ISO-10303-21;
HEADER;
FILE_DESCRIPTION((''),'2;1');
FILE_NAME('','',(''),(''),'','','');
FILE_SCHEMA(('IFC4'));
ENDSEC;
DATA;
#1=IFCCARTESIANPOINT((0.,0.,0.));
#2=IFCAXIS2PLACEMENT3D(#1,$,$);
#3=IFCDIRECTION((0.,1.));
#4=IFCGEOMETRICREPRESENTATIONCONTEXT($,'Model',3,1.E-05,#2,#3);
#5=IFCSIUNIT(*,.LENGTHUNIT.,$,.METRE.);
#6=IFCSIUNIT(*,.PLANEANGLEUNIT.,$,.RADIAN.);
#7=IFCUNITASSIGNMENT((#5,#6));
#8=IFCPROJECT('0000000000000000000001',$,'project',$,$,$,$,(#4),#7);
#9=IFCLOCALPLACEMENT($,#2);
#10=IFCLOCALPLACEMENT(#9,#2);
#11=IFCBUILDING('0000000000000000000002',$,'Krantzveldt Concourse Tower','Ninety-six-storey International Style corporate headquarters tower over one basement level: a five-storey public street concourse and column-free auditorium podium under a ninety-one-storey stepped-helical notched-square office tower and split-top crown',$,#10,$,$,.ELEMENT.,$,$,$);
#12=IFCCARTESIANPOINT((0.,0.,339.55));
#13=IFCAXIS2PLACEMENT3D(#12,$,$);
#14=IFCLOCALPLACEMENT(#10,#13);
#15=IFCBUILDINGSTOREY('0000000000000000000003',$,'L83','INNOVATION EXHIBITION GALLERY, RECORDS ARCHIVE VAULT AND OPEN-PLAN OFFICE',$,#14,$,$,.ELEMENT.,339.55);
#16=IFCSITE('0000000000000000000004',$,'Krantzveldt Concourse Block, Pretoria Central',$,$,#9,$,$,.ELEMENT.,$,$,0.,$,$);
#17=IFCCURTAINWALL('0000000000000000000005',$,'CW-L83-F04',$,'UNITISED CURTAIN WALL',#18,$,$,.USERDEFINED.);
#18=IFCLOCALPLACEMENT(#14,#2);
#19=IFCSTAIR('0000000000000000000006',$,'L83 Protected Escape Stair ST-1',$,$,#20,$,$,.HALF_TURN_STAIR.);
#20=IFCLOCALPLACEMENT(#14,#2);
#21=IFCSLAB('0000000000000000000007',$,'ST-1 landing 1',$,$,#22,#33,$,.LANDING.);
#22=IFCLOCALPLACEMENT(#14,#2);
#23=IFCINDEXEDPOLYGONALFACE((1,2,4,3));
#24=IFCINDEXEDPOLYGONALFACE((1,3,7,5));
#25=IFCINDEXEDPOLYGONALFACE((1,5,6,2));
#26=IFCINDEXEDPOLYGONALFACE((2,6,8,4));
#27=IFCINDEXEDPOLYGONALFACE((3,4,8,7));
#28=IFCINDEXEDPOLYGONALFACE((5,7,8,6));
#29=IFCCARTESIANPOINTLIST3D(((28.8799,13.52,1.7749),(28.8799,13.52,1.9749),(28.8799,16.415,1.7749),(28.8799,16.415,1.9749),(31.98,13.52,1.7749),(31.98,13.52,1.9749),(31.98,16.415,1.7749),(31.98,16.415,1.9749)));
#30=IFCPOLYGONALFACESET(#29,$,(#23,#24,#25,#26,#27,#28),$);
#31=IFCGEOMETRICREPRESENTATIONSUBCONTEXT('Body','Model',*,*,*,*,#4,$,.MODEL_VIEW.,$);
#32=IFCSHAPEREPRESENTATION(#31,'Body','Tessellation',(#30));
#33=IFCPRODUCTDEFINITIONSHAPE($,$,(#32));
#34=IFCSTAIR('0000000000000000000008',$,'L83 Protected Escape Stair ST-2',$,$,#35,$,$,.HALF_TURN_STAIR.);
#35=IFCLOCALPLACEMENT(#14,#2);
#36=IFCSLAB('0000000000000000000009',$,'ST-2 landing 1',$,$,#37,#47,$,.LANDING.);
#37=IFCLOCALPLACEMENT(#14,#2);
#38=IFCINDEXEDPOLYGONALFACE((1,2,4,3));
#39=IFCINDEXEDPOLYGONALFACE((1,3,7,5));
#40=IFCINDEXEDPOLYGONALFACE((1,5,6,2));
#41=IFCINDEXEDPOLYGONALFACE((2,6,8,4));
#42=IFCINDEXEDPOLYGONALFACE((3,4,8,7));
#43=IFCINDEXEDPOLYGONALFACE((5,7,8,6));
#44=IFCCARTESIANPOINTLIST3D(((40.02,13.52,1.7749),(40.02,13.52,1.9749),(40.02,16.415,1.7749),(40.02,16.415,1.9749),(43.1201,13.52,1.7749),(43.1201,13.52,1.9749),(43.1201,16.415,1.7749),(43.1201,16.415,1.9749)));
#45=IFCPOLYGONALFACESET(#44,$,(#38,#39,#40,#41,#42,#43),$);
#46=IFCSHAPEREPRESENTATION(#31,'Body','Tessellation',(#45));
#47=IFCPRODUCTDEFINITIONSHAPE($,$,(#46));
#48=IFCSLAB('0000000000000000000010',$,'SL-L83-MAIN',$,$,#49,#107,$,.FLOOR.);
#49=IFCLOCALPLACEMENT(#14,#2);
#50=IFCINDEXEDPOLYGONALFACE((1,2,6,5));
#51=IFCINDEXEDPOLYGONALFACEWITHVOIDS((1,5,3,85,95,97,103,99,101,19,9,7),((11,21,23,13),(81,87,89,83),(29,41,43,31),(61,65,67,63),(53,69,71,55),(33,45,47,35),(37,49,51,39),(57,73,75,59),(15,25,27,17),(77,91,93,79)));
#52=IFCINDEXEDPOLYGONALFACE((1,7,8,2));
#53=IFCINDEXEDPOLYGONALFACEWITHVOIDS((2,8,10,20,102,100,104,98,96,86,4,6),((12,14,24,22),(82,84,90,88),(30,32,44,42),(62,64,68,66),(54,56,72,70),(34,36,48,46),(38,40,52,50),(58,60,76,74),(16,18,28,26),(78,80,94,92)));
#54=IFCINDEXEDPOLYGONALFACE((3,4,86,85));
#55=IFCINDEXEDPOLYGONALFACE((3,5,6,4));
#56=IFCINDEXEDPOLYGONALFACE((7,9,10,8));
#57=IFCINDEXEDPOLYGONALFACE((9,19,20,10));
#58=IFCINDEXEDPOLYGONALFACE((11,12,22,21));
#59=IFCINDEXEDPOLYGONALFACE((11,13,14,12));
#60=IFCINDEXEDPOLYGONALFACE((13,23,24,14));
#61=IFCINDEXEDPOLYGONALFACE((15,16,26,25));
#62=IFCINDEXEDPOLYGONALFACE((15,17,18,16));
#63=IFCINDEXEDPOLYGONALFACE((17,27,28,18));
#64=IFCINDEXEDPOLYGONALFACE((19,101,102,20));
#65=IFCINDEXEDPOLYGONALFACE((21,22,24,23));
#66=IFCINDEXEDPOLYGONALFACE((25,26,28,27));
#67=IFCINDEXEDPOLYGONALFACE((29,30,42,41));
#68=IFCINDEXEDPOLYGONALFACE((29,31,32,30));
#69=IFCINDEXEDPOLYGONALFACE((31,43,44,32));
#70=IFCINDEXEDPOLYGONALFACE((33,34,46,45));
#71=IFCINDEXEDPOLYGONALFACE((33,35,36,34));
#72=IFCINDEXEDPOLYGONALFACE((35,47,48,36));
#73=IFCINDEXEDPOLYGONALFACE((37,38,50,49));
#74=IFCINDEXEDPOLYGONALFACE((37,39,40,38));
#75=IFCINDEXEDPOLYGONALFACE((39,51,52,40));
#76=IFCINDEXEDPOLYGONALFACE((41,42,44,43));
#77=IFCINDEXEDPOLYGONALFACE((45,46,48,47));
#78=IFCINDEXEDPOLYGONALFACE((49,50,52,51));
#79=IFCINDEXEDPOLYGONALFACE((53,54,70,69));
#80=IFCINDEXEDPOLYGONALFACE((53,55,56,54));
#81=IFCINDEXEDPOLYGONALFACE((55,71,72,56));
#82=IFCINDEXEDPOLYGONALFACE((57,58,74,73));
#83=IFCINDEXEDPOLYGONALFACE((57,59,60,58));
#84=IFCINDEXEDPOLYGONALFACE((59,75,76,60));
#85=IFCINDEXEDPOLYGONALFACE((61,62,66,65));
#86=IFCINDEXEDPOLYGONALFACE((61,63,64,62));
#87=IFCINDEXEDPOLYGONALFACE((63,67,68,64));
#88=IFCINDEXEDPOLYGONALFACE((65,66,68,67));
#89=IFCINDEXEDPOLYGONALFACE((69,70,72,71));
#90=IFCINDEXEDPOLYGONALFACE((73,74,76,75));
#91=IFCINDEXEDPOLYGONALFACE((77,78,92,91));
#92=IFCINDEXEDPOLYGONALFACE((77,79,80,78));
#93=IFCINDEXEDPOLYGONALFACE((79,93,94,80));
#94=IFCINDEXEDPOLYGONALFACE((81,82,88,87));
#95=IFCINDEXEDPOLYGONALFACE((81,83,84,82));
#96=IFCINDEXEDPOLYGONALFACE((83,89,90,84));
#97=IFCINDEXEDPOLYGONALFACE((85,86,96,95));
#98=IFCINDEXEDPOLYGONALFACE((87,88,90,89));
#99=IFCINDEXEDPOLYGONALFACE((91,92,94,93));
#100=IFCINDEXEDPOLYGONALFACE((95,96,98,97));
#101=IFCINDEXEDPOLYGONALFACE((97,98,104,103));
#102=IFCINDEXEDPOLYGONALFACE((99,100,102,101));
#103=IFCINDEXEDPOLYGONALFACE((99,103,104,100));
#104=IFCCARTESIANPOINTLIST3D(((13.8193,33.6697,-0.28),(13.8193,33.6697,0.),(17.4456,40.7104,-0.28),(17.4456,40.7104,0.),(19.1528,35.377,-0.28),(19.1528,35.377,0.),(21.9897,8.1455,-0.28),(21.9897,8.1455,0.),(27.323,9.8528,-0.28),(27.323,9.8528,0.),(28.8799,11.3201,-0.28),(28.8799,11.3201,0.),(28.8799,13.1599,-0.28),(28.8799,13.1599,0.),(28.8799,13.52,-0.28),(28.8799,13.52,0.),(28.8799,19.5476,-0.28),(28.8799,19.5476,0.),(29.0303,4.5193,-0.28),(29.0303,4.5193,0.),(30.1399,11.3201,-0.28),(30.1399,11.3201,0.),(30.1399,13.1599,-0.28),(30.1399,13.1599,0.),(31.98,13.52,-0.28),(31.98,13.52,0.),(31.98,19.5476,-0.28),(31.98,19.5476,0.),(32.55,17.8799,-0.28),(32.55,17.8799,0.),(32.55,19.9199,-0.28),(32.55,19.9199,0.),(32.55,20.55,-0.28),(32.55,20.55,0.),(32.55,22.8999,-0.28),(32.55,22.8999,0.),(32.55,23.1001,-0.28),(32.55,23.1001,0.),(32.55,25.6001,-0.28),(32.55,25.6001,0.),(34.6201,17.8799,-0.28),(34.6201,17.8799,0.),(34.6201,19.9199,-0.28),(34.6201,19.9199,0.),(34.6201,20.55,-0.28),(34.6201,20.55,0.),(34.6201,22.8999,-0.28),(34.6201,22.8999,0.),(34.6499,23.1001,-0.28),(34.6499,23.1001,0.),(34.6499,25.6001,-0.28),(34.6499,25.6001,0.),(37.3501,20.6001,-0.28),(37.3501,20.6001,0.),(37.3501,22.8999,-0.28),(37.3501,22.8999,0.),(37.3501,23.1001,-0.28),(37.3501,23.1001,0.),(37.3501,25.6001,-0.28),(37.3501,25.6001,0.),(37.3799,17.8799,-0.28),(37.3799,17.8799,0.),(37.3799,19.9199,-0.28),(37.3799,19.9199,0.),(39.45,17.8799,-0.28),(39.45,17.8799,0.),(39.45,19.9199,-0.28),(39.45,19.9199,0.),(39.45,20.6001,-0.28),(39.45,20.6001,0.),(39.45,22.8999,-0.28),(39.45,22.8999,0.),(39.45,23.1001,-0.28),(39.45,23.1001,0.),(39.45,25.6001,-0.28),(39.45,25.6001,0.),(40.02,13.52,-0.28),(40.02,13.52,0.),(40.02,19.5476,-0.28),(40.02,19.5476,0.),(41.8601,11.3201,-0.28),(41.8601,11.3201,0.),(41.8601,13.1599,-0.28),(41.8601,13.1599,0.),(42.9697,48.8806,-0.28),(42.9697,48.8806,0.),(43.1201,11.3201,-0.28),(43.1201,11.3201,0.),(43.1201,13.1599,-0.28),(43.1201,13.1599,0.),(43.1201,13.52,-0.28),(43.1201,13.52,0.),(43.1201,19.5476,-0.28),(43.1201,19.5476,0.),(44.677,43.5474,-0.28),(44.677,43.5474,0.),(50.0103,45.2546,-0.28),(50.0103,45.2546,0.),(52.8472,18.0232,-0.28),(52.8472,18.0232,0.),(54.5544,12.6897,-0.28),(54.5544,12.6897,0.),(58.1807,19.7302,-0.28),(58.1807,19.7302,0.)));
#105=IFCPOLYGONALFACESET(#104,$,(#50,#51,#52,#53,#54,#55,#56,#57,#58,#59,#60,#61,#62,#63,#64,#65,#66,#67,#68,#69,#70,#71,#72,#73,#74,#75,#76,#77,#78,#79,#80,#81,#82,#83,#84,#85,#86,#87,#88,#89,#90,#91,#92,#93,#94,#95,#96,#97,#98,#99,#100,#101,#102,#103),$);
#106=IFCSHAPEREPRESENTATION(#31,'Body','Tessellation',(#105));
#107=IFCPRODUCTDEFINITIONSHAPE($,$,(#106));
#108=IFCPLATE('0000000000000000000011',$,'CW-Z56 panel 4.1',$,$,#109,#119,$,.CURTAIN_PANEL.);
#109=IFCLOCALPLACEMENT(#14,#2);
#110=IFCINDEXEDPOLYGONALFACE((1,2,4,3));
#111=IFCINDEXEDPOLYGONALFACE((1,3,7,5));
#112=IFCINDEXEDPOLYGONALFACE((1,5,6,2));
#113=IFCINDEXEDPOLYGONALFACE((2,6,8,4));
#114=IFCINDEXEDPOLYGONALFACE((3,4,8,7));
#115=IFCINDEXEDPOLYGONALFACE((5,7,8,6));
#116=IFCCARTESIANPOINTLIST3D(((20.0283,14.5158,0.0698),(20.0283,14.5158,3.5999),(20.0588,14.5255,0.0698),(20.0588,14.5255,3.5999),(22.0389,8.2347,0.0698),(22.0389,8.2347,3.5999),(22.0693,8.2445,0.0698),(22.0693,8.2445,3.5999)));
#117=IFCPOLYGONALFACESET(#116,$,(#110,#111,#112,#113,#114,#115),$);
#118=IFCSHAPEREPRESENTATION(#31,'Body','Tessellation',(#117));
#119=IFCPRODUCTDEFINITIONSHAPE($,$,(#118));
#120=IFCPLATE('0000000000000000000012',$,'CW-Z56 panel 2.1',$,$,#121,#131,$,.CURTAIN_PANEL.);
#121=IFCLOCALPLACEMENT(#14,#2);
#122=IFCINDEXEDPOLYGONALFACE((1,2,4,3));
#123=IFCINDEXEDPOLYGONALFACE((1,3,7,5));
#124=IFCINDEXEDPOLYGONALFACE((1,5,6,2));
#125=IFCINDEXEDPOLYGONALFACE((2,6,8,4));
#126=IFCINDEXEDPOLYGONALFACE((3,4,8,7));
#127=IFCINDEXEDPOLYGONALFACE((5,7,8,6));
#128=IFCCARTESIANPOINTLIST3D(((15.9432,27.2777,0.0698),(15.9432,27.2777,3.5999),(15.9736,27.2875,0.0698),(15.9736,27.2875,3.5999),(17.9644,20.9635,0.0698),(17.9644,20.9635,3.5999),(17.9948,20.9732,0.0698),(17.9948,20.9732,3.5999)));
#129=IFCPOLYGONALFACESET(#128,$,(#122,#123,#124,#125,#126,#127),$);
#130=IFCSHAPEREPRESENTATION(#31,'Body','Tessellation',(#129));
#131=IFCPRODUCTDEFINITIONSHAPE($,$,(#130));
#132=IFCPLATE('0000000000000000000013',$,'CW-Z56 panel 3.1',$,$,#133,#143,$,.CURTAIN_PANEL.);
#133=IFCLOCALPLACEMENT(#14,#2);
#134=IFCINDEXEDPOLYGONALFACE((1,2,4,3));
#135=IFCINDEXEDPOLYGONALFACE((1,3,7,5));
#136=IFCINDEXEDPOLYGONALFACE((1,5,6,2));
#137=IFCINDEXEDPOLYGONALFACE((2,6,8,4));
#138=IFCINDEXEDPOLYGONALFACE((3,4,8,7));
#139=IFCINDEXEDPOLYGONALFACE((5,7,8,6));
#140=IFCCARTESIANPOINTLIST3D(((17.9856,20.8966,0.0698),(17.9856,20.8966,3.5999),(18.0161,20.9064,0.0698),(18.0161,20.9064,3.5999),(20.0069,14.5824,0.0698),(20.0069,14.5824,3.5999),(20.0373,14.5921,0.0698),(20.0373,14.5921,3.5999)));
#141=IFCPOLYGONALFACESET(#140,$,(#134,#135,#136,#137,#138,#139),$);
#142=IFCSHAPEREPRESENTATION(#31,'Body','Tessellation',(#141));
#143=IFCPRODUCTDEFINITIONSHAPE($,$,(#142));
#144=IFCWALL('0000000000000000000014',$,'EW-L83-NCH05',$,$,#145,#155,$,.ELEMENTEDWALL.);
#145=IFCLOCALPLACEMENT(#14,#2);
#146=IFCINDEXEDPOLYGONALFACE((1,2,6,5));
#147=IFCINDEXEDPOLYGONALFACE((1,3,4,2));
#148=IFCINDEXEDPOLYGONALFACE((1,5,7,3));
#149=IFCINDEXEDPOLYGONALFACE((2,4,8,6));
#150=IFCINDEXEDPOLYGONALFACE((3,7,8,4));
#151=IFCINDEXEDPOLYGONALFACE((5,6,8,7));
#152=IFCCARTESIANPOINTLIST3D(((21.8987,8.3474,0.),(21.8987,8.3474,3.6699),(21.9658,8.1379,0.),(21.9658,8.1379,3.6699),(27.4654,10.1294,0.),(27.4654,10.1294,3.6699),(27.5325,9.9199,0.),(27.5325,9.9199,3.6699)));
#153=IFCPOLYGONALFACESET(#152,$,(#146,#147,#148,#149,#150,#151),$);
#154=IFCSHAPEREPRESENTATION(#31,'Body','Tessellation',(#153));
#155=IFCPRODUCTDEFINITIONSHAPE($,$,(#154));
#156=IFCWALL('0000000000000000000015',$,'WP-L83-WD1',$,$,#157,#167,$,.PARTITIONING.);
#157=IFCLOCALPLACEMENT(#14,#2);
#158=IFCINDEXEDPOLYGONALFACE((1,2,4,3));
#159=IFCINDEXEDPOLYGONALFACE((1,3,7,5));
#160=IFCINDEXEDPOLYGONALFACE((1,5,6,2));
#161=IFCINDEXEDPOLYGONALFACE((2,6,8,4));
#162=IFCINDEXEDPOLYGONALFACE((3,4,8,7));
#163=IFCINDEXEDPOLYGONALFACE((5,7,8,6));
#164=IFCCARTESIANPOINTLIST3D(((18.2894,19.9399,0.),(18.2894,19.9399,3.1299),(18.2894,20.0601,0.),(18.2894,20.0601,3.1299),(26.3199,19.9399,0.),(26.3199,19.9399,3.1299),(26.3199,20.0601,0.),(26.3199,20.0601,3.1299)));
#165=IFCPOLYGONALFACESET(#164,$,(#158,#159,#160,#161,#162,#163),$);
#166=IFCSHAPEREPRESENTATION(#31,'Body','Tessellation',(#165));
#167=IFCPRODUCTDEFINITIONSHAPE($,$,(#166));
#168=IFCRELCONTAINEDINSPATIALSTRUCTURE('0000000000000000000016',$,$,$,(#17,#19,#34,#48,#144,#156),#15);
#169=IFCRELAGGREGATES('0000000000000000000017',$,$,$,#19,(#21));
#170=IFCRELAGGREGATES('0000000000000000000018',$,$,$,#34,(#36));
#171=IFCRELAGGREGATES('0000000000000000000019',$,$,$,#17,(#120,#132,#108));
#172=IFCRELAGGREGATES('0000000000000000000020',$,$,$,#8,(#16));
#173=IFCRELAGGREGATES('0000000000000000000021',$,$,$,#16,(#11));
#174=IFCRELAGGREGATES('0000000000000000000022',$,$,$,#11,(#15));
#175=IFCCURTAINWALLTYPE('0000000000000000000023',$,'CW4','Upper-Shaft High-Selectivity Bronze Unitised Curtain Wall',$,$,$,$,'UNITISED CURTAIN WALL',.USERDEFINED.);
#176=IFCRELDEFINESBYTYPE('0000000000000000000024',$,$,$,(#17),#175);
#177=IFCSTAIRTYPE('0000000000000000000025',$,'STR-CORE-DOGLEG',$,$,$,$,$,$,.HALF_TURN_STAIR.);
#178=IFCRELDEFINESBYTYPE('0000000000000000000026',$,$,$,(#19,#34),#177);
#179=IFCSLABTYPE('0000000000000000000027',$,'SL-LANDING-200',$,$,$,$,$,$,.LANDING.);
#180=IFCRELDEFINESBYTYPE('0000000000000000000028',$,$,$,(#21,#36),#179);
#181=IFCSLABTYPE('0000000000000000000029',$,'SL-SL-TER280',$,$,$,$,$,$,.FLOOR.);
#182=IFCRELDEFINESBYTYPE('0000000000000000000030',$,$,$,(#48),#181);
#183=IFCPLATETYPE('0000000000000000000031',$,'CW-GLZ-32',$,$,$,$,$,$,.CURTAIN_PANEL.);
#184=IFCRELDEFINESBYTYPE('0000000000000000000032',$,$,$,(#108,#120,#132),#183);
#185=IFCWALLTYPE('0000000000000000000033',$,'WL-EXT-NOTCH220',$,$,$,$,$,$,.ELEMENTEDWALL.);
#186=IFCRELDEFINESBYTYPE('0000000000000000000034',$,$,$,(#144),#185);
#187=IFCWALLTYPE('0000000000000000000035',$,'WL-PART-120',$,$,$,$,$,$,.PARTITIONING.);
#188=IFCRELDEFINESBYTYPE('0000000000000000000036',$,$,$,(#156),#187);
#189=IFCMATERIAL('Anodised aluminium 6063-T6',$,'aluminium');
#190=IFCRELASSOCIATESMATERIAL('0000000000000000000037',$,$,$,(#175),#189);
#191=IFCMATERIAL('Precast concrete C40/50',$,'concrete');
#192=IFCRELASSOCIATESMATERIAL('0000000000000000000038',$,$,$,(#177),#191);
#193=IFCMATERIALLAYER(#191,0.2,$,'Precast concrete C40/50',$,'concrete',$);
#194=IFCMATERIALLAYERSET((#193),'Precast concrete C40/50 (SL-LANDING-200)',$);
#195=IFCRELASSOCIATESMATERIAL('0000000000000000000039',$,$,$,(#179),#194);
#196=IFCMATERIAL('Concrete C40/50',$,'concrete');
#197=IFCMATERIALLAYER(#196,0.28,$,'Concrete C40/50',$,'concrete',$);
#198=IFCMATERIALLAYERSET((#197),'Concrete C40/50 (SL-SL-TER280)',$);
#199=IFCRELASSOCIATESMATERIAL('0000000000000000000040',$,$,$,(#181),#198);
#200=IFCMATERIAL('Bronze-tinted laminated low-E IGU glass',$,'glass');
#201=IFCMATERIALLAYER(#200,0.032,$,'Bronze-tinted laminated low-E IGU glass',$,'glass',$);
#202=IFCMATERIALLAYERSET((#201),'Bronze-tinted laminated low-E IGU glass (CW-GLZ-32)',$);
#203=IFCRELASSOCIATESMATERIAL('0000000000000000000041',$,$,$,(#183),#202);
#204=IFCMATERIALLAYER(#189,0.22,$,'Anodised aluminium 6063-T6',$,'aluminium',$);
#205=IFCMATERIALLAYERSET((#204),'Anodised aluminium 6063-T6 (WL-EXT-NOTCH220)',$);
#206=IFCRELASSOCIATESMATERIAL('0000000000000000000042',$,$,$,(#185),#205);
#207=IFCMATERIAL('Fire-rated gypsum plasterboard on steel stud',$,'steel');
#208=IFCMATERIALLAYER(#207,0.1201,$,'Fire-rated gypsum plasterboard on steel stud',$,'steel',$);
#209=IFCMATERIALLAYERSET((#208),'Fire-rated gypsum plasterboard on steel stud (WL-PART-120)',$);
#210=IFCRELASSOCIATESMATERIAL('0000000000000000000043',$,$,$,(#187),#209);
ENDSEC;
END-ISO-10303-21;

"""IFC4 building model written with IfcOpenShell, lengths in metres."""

from ifc_helpers import new_model, si_unit, direction, frame, frame_2d, origin, origin_2d, place, context, subcontext, project, spatial, polyline, rectangle, outline, extrude, source, transform, mapped, material, layer, layer_set, type_object, type_shapes, element, aggregate, save


model = new_model("IFC4")

# Units and contexts
model_context = context("Model", 3, precision=1e-05, world=origin(), true_north=direction((0.0, 1.0)))
body_context = subcontext(model_context, "Body", "Model", "MODEL_VIEW")
ifc_project = project(units=[si_unit("LENGTHUNIT", "METRE"), si_unit("PLANEANGLEUNIT", "RADIAN")], contexts=[model_context])

# Site, building, storey
site_placement = place(None, origin())
site = spatial("IfcSite", under=ifc_project, at=site_placement, Name="Krantzveldt Concourse Block, Pretoria Central", CompositionType="ELEMENT", RefElevation=0.0)
building_placement = place(site_placement, origin())
building = spatial("IfcBuilding", under=site, at=building_placement, Name="Krantzveldt Concourse Tower", Description="Ninety-six-storey International Style corporate headquarters tower over one basement level: a five-storey public street concourse and column-free auditorium podium under a ninety-one-storey stepped-helical notched-square office tower and split-top crown", CompositionType="ELEMENT")
storey_placement = place(building_placement, frame((0.0, 0.0, 339.55)))
storey = spatial("IfcBuildingStorey", under=building, at=storey_placement, Name="L83", Description="INNOVATION EXHIBITION GALLERY, RECORDS ARCHIVE VAULT AND OPEN-PLAN OFFICE", CompositionType="ELEMENT", Elevation=339.55)

# Curtain wall
ifc_material_1 = material(Name="Anodised aluminium 6063-T6", Category="aluminium")
curtain_wall_type = type_object("IfcCurtainWallType", Name="CW4", Description="Upper-Shaft High-Selectivity Bronze Unitised Curtain Wall", ElementType="UNITISED CURTAIN WALL", PredefinedType="USERDEFINED", material=ifc_material_1)
curtain_wall_placement = place(storey_placement, origin())
curtain_wall = element("IfcCurtainWall", 1, at=curtain_wall_placement, inside=storey, type_object=curtain_wall_type, Name="CW-L83-F04", ObjectType="UNITISED CURTAIN WALL", PredefinedType="USERDEFINED")

# Stairs, slabs
ifc_material_2 = material(Name="Precast concrete C40/50", Category="concrete")
stair_type = type_object("IfcStairType", Name="STR-CORE-DOGLEG", PredefinedType="HALF_TURN_STAIR", material=ifc_material_2)
stair_1_placement = place(storey_placement, origin())
stair_1 = element("IfcStair", 2, at=stair_1_placement, inside=storey, type_object=stair_type, Name="L83 Protected Escape Stair ST-1", PredefinedType="HALF_TURN_STAIR")
ifc_layer_1 = layer(ifc_material_2, 0.2, Name="Precast concrete C40/50", Category="concrete")
ifc_layer_set_1 = layer_set([ifc_layer_1], Name="Precast concrete C40/50 (SL-LANDING-200)")
slab_type_1 = type_object("IfcSlabType", Name="SL-LANDING-200", PredefinedType="LANDING", material=ifc_layer_set_1)
slab_1_placement = place(storey_placement, frame((0.0, 0.0, 1.7749)))
slab_1 = element("IfcSlab", 3, at=slab_1_placement, type_object=slab_type_1, Name="ST-1 landing 1", PredefinedType="LANDING", context=body_context, shape_type="SweptSolid", body=[
    extrude(outline(polyline([(28.8799, 16.415), (28.8799, 13.52), (31.98, 13.52), (31.98, 16.415), (28.8799, 16.415)])), origin(), (0.0, 0.0, 1.0), 0.2),
])
aggregate(stair_1, [slab_1])
stair_2_placement = place(storey_placement, origin())
stair_2 = element("IfcStair", 4, at=stair_2_placement, inside=storey, type_object=stair_type, Name="L83 Protected Escape Stair ST-2", PredefinedType="HALF_TURN_STAIR")
slab_2_placement = place(storey_placement, frame((0.0, 0.0, 1.7749)))
slab_2 = element("IfcSlab", 5, at=slab_2_placement, type_object=slab_type_1, Name="ST-2 landing 1", PredefinedType="LANDING", context=body_context, shape_type="SweptSolid", body=[
    extrude(outline(polyline([(40.02, 16.415), (40.02, 13.52), (43.1201, 13.52), (43.1201, 16.415), (40.02, 16.415)])), origin(), (0.0, 0.0, 1.0), 0.2),
])
aggregate(stair_2, [slab_2])

# Slab
ifc_material_3 = material(Name="Concrete C40/50", Category="concrete")
ifc_layer_2 = layer(ifc_material_3, 0.28, Name="Concrete C40/50", Category="concrete")
ifc_layer_set_2 = layer_set([ifc_layer_2], Name="Concrete C40/50 (SL-SL-TER280)")
slab_type_2 = type_object("IfcSlabType", Name="SL-SL-TER280", PredefinedType="FLOOR", material=ifc_layer_set_2)
slab_3_placement = place(storey_placement, frame((0.0, 0.0, -0.28)))
element("IfcSlab", 6, at=slab_3_placement, inside=storey, type_object=slab_type_2, Name="SL-L83-MAIN", PredefinedType="FLOOR", context=body_context, shape_type="SweptSolid", body=[
    extrude(outline(polyline([(44.677, 43.5474), (42.9697, 48.8806), (17.4456, 40.7104), (19.1528, 35.377), (13.8193, 33.6697), (21.9897, 8.1455), (27.323, 9.8528), (29.0303, 4.5193), (54.5544, 12.6897), (52.8472, 18.0232), (58.1807, 19.7302), (50.0103, 45.2546), (44.677, 43.5474)]), holes=[polyline([(28.8799, 19.5476), (28.8799, 13.52), (31.98, 13.52), (31.98, 19.5476), (28.8799, 19.5476)]), polyline([(40.02, 19.5476), (40.02, 13.52), (43.1201, 13.52), (43.1201, 19.5476), (40.02, 19.5476)]), polyline([(32.55, 23.1001), (34.6499, 23.1001), (34.6499, 25.6001), (32.55, 25.6001), (32.55, 23.1001)]), polyline([(37.3501, 23.1001), (39.45, 23.1001), (39.45, 25.6001), (37.3501, 25.6001), (37.3501, 23.1001)]), polyline([(37.3501, 20.6001), (39.45, 20.6001), (39.45, 22.8999), (37.3501, 22.8999), (37.3501, 20.6001)]), polyline([(32.55, 20.55), (34.6201, 20.55), (34.6201, 22.8999), (32.55, 22.8999), (32.55, 20.55)]), polyline([(32.55, 17.8799), (34.6201, 17.8799), (34.6201, 19.9199), (32.55, 19.9199), (32.55, 17.8799)]), polyline([(37.3799, 17.8799), (39.45, 17.8799), (39.45, 19.9199), (37.3799, 19.9199), (37.3799, 17.8799)]), polyline([(28.8799, 11.3201), (30.1399, 11.3201), (30.1399, 13.1599), (28.8799, 13.1599), (28.8799, 11.3201)]), polyline([(41.8601, 11.3201), (43.1201, 11.3201), (43.1201, 13.1599), (41.8601, 13.1599), (41.8601, 11.3201)])]), origin(), (0.0, 0.0, 1.0), 0.28),
])

# Plates
ifc_material_4 = material(Name="Bronze-tinted laminated low-E IGU glass", Category="glass")
ifc_layer_3 = layer(ifc_material_4, 0.032, Name="Bronze-tinted laminated low-E IGU glass", Category="glass")
ifc_layer_set_3 = layer_set([ifc_layer_3], Name="Bronze-tinted laminated low-E IGU glass (CW-GLZ-32)")
plate_type = type_object("IfcPlateType", Name="CW-GLZ-32", PredefinedType="CURTAIN_PANEL", material=ifc_layer_set_3)
shared_shape_1 = source(origin(), body_context, "Body", "SweptSolid", [
    extrude(rectangle(XDim=6.595, YDim=0.032, at=origin_2d()), origin(), (0.0, 0.0, 1.0), 3.53),
])
plate_1_placement = place(storey_placement, frame((21.0488, 11.3801, 0.0698), z_axis=(0.0, 0.0, 1.0), x_axis=(0.304864, -0.952396, 0.0)))
plate_1 = element("IfcPlate", 7, at=plate_1_placement, type_object=plate_type, Name="CW-Z56 panel 4.1", PredefinedType="CURTAIN_PANEL", context=body_context, shape_type="MappedRepresentation", body=[
    mapped(shared_shape_1, transform((0.0, 0.0, 0.0), x_axis=(1.0, 0.0, 0.0), y_axis=(0.0, 1.0, 0.0), z_axis=(0.0, 0.0, 1.0), scale=1.0)),
])
shared_shape_2 = source(origin(), body_context, "Body", "SweptSolid", [
    extrude(rectangle(XDim=6.6299, YDim=0.032, at=origin_2d()), origin(), (0.0, 0.0, 1.0), 3.53),
])
type_shapes(plate_type, [shared_shape_1, shared_shape_2])
plate_2_placement = place(storey_placement, frame((16.969, 24.1255, 0.0698), z_axis=(0.0, 0.0, 1.0), x_axis=(0.304864, -0.952396, 0.0)))
plate_2 = element("IfcPlate", 8, at=plate_2_placement, type_object=plate_type, Name="CW-Z56 panel 2.1", PredefinedType="CURTAIN_PANEL", context=body_context, shape_type="MappedRepresentation", body=[
    mapped(shared_shape_2, transform((0.0, 0.0, 0.0), x_axis=(1.0, 0.0, 0.0), y_axis=(0.0, 1.0, 0.0), z_axis=(0.0, 0.0, 1.0), scale=1.0)),
])
plate_3_placement = place(storey_placement, frame((19.0115, 17.7444, 0.0698), z_axis=(0.0, 0.0, 1.0), x_axis=(0.304864, -0.952396, 0.0)))
plate_3 = element("IfcPlate", 9, at=plate_3_placement, type_object=plate_type, Name="CW-Z56 panel 3.1", PredefinedType="CURTAIN_PANEL", context=body_context, shape_type="MappedRepresentation", body=[
    mapped(shared_shape_2, transform((0.0, 0.0, 0.0), x_axis=(1.0, 0.0, 0.0), y_axis=(0.0, 1.0, 0.0), z_axis=(0.0, 0.0, 1.0), scale=1.0)),
])
aggregate(curtain_wall, [plate_2, plate_3, plate_1])

# Walls
ifc_layer_4 = layer(ifc_material_1, 0.22, Name="Anodised aluminium 6063-T6", Category="aluminium")
ifc_layer_set_4 = layer_set([ifc_layer_4], Name="Anodised aluminium 6063-T6 (WL-EXT-NOTCH220)")
wall_type_1 = type_object("IfcWallType", Name="WL-EXT-NOTCH220", PredefinedType="ELEMENTEDWALL", material=ifc_layer_set_4)
wall_1_placement = place(storey_placement, frame((21.9324, 8.2427, 0.0), z_axis=(0.0, 0.0, 1.0), x_axis=(0.952392, 0.304877, 0.0)))
element("IfcWall", 10, at=wall_1_placement, inside=storey, type_object=wall_type_1, Name="EW-L83-NCH05", PredefinedType="ELEMENTEDWALL", context=body_context, shape_type="SweptSolid", body=[
    extrude(rectangle(XDim=5.845, YDim=0.22, at=frame_2d((2.9224, 0.0))), origin(), (0.0, 0.0, 1.0), 3.6699),
])
ifc_material_5 = material(Name="Fire-rated gypsum plasterboard on steel stud", Category="steel")
ifc_layer_5 = layer(ifc_material_5, 0.1201, Name="Fire-rated gypsum plasterboard on steel stud", Category="steel")
ifc_layer_set_5 = layer_set([ifc_layer_5], Name="Fire-rated gypsum plasterboard on steel stud (WL-PART-120)")
wall_type_2 = type_object("IfcWallType", Name="WL-PART-120", PredefinedType="PARTITIONING", material=ifc_layer_set_5)
wall_2_placement = place(storey_placement, frame((18.2896, 20.0, 0.0), z_axis=(0.0, 0.0, 1.0), x_axis=(1.0, 0.0, 0.0)))
element("IfcWall", 11, at=wall_2_placement, inside=storey, type_object=wall_type_2, Name="WP-L83-WD1", PredefinedType="PARTITIONING", context=body_context, shape_type="SweptSolid", body=[
    extrude(rectangle(XDim=8.0305, YDim=0.1201, at=frame_2d((4.0151, 0.0))), origin(), (0.0, 0.0, 1.0), 3.1299),
])

save(model, "model.ifc")
